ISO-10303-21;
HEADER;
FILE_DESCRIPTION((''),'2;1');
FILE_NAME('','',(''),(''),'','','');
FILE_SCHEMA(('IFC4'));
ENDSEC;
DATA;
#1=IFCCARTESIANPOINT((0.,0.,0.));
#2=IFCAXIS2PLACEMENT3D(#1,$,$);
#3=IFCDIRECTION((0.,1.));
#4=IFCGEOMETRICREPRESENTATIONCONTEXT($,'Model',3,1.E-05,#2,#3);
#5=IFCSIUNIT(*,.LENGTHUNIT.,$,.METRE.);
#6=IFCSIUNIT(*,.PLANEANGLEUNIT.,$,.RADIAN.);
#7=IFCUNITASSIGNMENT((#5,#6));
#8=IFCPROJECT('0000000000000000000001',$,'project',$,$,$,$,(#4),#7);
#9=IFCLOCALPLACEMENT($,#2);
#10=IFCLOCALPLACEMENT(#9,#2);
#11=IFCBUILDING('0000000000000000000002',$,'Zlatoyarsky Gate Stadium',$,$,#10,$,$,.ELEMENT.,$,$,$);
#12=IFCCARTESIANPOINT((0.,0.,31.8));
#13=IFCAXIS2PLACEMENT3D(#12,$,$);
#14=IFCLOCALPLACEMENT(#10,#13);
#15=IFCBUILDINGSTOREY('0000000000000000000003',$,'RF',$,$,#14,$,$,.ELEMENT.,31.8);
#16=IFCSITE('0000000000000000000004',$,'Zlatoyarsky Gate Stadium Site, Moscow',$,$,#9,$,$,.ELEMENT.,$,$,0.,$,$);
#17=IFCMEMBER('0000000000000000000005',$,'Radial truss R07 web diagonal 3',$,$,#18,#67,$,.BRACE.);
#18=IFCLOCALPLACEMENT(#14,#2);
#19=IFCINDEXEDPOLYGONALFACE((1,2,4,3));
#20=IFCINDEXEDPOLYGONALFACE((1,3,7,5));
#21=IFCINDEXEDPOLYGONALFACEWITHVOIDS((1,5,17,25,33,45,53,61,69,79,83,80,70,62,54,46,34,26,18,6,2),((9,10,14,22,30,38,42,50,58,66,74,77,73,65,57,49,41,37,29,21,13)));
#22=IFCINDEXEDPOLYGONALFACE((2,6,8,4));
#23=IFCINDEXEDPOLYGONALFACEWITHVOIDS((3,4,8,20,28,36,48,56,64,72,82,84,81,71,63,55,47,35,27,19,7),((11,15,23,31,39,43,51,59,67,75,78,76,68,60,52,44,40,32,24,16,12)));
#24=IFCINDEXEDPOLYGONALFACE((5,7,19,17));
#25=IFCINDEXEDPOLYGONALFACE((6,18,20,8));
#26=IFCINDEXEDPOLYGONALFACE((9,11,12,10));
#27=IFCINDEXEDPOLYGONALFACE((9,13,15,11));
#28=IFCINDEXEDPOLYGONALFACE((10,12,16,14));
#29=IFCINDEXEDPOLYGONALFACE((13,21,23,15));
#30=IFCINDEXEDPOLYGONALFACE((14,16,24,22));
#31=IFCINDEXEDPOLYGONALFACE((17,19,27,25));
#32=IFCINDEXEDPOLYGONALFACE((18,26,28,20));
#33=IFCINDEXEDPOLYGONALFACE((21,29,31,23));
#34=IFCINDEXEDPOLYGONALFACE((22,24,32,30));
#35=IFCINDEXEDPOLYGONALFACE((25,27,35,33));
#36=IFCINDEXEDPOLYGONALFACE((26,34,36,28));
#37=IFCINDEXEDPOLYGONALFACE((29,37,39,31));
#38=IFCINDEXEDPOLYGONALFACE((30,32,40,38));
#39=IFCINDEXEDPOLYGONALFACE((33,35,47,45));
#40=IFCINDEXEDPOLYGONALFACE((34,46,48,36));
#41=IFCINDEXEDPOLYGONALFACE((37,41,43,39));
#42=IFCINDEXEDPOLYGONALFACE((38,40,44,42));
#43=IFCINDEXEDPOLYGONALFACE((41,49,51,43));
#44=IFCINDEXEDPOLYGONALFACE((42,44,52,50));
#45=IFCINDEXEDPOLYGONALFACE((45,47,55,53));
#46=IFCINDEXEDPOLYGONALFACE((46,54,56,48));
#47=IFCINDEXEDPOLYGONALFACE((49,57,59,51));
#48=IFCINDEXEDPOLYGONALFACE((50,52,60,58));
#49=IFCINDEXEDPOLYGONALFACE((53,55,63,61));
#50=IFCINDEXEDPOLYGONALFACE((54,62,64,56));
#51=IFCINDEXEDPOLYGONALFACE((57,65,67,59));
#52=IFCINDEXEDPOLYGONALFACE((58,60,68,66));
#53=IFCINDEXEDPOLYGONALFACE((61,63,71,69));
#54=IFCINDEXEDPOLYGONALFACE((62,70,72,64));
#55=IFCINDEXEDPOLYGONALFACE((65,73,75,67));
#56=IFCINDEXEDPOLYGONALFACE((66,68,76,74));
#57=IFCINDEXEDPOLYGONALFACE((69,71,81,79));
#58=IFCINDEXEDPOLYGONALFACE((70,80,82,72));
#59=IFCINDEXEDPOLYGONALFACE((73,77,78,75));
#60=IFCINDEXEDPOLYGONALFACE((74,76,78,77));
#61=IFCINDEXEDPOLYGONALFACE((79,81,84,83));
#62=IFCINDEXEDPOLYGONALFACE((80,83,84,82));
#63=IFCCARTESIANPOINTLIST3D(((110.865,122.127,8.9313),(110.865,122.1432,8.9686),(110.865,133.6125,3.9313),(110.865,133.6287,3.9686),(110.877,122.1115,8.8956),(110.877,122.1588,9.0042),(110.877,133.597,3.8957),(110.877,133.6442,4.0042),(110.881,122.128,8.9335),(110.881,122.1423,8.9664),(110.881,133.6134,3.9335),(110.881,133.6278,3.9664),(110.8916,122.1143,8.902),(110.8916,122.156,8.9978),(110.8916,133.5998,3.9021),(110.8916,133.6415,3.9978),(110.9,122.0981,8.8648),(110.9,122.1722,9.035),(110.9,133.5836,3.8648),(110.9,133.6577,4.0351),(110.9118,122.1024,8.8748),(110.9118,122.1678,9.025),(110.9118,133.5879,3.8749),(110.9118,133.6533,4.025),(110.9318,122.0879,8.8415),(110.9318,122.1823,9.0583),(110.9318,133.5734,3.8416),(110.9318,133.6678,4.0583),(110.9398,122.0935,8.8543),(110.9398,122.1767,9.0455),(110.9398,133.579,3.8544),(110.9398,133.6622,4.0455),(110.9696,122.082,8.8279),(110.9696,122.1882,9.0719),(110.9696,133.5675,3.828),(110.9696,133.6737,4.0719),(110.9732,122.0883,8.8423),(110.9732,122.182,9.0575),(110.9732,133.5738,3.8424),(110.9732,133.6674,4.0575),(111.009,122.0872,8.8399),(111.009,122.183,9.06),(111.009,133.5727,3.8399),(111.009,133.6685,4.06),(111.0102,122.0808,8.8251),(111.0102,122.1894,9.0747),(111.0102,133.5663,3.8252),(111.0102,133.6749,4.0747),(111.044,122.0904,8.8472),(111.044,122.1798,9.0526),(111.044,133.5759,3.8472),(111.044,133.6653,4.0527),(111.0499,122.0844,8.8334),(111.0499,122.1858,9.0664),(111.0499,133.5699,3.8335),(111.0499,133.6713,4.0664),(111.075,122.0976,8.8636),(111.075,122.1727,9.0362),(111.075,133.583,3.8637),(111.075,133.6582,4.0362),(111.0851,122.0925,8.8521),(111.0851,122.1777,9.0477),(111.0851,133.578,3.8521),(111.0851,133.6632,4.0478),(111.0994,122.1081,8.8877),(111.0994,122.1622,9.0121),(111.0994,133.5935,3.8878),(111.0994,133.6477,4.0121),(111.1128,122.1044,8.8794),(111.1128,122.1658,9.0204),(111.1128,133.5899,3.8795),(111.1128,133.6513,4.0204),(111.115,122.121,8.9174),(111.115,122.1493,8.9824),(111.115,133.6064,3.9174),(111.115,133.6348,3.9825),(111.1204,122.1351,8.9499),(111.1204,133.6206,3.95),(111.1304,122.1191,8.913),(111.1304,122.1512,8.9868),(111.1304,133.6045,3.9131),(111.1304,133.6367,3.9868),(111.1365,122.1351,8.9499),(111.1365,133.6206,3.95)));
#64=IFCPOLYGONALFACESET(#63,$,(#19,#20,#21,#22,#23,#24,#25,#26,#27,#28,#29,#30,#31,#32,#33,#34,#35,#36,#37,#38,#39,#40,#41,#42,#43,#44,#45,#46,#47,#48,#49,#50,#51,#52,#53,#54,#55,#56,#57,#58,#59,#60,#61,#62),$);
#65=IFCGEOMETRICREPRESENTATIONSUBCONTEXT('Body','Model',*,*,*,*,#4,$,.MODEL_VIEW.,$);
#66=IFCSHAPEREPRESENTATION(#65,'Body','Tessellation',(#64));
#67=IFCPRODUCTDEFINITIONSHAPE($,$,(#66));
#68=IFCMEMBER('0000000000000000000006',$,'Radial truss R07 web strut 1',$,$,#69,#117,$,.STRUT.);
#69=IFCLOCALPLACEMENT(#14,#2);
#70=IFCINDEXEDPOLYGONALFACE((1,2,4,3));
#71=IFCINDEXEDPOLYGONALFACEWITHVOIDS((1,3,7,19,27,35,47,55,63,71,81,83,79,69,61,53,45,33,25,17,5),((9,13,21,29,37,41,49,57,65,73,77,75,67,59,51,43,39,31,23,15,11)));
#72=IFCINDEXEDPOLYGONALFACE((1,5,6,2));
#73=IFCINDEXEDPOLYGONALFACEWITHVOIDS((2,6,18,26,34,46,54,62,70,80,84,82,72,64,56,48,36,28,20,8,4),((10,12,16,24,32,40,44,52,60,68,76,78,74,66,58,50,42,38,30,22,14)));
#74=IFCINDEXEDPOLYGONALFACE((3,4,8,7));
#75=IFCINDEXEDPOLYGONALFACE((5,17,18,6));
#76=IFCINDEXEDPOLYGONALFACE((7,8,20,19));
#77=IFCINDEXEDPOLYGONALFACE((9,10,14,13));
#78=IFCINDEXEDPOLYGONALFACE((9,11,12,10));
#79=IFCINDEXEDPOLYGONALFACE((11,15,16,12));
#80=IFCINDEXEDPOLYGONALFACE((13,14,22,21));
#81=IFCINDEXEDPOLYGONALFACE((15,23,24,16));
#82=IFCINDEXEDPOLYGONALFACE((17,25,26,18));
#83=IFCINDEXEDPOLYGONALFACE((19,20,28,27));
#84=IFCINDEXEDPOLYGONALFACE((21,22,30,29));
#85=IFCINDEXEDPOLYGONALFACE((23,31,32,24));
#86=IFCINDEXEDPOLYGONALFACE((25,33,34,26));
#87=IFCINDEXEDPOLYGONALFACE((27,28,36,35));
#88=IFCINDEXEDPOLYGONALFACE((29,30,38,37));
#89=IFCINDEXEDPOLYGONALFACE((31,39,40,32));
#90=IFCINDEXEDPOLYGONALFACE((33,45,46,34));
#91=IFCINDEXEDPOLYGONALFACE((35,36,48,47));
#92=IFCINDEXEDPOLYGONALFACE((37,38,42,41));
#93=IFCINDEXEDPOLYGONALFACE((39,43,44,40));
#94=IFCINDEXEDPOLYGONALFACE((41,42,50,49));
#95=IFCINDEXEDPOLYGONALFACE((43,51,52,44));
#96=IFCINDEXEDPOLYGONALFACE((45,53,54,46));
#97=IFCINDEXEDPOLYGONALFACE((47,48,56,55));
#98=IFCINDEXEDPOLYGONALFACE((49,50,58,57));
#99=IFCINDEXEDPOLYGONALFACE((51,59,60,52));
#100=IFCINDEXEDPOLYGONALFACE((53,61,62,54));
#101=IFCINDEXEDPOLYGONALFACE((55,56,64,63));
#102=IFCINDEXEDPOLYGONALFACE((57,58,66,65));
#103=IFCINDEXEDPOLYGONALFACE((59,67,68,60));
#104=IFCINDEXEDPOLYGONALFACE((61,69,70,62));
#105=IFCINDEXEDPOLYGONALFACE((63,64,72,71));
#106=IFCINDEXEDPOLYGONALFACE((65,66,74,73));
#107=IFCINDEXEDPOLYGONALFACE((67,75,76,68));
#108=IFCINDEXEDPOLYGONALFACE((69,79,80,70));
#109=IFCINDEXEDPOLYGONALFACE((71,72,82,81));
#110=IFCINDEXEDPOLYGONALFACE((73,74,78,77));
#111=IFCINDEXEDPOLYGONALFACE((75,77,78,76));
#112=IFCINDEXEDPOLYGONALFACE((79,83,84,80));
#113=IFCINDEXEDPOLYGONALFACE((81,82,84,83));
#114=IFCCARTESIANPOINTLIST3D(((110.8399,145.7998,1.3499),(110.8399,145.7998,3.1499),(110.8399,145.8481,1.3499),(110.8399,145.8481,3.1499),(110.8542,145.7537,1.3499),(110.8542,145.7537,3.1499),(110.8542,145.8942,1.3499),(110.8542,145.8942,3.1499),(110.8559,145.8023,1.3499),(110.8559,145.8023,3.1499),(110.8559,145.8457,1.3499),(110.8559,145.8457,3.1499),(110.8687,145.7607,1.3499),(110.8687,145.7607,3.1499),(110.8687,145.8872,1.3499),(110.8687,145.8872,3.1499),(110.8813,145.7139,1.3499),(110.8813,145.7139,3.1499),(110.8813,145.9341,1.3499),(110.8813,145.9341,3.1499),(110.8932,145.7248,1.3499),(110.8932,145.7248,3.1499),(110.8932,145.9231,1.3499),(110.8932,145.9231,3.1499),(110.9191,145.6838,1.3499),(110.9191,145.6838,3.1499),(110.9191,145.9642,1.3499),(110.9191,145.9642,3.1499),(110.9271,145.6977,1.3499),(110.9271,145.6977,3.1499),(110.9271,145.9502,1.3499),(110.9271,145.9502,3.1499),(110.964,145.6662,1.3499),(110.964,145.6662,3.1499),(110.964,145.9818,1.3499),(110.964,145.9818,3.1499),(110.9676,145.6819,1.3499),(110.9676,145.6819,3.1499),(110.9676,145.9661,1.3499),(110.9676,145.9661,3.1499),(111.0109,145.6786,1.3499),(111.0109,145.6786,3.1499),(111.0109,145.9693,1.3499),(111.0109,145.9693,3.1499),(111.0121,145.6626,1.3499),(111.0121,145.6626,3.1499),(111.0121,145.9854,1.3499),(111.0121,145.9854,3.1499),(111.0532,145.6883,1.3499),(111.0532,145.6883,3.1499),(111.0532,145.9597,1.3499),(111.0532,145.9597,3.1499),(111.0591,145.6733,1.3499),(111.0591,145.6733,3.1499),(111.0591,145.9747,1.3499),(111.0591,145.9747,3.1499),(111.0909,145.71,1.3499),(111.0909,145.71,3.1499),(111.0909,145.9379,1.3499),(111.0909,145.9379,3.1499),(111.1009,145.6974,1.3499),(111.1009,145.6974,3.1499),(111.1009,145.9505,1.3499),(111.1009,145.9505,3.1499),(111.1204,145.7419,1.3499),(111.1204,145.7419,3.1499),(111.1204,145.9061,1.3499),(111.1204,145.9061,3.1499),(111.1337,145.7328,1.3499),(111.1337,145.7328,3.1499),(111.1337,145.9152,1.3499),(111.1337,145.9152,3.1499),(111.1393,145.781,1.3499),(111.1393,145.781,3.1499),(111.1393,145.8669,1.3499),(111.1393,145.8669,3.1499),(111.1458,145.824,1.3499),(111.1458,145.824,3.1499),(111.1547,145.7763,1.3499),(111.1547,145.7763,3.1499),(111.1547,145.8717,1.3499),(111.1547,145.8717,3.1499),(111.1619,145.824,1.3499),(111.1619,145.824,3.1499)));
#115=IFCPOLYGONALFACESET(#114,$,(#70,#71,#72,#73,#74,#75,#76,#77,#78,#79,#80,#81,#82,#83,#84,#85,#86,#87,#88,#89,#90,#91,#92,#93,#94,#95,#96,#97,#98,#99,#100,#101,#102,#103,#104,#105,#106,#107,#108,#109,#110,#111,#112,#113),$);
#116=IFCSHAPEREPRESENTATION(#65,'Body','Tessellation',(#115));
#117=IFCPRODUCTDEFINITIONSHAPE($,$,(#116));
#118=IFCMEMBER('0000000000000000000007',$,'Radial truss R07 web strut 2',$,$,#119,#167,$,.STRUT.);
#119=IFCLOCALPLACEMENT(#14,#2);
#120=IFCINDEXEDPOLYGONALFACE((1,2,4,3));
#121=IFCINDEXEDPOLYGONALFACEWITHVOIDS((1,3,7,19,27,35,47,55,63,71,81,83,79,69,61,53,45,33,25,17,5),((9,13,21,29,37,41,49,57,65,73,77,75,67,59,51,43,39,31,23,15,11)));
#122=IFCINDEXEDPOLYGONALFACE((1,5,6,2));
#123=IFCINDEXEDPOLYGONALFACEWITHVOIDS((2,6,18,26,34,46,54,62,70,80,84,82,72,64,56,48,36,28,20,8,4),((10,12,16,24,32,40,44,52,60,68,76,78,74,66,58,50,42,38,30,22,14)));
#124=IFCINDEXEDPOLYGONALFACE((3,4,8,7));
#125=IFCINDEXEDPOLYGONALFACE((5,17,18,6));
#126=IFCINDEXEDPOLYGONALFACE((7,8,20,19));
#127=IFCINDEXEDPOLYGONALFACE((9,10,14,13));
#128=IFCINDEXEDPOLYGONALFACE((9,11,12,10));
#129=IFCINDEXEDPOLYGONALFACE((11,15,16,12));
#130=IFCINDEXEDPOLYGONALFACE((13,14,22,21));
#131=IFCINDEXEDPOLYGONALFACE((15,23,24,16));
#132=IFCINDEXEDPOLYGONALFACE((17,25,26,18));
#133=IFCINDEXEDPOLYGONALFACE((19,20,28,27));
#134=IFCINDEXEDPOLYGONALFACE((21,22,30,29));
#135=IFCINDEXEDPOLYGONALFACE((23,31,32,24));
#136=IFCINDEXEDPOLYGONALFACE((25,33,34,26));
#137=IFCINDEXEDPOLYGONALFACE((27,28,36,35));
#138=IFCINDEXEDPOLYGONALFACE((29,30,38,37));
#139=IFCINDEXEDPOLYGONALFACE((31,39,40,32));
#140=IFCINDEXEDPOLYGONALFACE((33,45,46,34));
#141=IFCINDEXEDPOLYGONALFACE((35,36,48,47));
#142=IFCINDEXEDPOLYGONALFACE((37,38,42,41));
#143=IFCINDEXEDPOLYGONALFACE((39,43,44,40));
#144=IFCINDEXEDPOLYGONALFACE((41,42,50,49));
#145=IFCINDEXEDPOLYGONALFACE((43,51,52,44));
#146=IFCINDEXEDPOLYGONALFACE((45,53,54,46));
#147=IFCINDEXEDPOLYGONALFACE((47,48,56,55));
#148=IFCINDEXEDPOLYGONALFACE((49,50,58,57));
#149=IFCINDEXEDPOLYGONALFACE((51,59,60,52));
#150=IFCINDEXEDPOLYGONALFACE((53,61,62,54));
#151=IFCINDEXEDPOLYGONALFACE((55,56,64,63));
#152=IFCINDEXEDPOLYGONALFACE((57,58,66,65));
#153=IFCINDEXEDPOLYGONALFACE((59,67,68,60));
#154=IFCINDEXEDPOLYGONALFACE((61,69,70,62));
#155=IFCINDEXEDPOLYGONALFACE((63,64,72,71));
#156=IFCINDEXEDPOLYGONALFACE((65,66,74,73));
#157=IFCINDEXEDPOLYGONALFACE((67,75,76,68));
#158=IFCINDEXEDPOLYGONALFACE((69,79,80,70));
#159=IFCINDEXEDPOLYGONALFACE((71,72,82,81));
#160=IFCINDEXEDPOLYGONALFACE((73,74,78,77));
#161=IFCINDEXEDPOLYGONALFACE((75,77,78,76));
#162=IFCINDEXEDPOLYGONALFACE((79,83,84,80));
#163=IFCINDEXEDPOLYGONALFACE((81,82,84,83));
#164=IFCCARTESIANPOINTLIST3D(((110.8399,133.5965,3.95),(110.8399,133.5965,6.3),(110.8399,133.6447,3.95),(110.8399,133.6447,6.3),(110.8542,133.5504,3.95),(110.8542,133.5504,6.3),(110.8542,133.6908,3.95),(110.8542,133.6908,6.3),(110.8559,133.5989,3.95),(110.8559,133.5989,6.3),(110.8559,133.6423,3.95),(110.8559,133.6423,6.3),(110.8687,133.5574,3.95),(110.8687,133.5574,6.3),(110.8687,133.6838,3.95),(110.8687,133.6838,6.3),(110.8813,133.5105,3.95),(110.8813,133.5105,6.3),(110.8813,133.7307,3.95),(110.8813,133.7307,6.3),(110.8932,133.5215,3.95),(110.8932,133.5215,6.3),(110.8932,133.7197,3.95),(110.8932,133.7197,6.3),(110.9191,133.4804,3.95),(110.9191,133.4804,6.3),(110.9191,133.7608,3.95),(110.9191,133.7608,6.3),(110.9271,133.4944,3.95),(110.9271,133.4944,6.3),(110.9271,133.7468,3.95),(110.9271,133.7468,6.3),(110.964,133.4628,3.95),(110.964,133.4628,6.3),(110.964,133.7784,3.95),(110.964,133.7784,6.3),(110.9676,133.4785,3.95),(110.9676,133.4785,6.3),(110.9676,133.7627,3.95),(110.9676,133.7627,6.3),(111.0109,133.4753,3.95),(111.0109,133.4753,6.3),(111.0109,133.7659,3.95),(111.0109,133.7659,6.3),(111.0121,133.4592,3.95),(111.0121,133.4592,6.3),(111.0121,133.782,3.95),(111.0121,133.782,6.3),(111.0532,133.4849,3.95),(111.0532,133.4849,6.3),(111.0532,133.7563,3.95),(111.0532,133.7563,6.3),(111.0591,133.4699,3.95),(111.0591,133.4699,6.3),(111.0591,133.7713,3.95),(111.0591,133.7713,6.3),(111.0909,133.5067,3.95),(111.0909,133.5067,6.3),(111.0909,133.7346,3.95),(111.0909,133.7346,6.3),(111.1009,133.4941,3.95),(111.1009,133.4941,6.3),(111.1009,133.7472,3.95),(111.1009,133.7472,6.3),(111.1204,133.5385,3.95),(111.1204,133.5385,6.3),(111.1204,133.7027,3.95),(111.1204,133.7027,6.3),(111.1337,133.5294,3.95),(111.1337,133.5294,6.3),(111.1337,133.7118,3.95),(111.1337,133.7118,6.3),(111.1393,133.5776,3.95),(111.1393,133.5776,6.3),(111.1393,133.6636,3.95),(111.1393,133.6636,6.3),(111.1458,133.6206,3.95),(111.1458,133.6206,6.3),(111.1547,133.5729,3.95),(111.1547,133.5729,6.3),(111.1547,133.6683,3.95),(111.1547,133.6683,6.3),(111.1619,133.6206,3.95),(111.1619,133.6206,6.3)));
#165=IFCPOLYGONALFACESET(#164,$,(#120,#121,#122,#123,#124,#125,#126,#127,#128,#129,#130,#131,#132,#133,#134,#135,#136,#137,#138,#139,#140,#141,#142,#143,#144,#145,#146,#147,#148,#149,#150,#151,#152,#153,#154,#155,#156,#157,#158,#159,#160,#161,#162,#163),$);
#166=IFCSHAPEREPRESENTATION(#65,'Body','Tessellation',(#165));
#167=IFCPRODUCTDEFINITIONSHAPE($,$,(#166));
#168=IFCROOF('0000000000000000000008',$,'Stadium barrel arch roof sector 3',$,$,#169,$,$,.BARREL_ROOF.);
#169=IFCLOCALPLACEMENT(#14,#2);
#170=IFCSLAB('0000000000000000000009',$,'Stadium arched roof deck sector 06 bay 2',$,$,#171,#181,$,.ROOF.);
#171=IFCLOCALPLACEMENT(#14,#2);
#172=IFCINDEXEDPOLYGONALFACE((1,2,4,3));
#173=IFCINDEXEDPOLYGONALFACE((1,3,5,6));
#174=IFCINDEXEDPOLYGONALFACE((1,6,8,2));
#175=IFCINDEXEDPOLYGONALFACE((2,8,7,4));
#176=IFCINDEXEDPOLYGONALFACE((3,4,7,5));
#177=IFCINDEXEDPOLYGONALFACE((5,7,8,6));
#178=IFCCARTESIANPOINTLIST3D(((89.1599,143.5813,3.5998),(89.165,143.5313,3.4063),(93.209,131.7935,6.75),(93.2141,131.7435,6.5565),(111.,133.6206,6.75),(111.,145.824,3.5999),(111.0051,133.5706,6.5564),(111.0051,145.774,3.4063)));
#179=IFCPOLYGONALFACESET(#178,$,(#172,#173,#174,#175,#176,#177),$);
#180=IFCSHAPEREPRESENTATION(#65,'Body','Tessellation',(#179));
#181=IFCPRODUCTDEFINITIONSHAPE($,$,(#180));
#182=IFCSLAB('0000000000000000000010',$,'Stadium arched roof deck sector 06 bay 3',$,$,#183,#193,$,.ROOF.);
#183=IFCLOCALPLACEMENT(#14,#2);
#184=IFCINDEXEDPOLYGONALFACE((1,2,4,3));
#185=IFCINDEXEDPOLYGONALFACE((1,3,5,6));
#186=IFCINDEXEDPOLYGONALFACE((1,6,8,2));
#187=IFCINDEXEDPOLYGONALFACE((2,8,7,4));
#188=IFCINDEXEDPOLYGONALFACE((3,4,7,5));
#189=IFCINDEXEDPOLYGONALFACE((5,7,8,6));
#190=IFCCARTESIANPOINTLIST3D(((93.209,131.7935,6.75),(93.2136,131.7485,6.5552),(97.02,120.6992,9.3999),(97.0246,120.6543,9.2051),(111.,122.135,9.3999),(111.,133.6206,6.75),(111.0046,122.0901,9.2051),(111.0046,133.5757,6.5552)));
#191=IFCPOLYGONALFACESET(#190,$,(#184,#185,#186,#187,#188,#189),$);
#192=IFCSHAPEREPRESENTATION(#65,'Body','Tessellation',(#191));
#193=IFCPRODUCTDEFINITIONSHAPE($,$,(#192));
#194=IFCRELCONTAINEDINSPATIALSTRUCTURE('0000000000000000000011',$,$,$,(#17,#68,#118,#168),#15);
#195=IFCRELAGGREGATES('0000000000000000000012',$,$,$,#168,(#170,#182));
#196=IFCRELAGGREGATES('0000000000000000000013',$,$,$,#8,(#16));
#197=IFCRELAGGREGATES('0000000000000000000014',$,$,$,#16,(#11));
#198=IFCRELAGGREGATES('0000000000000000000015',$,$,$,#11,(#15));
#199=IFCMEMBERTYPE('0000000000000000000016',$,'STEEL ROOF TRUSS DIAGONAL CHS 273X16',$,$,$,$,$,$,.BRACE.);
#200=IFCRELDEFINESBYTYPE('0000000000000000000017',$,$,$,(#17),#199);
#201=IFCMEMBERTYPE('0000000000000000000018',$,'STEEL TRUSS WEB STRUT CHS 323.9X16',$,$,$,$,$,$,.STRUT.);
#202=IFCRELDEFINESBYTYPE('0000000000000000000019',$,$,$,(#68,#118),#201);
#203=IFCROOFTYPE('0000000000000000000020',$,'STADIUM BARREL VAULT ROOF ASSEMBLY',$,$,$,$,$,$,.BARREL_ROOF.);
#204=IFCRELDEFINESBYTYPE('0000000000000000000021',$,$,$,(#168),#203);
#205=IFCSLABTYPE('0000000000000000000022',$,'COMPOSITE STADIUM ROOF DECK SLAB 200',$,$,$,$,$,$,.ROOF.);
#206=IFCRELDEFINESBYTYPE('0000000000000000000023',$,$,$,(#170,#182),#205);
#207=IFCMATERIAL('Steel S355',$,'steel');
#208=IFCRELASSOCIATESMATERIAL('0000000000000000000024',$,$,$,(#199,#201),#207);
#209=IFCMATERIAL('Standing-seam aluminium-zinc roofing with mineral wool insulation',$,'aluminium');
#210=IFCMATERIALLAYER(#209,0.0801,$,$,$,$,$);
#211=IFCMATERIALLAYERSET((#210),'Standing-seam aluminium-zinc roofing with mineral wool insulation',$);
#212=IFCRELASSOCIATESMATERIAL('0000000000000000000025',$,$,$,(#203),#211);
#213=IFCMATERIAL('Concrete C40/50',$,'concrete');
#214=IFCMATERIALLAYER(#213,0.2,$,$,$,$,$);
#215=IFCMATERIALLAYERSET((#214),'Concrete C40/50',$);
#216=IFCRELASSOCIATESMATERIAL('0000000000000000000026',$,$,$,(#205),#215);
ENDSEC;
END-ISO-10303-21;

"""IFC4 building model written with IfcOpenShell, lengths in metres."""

from ifc_helpers import new_model, si_unit, direction, frame, origin, origin_2d, place, context, subcontext, project, spatial, polyline, hollow_circle, outline, extrude, material, layer, layer_set, material_profile, profile_set, type_object, element, aggregate, save


model = new_model("IFC4")

# Units and contexts
model_context = context("Model", 3, precision=1e-05, world=origin(), true_north=direction((0.0, 1.0)))
body_context = subcontext(model_context, "Body", "Model", "MODEL_VIEW")
ifc_project = project(units=[si_unit("LENGTHUNIT", "METRE"), si_unit("PLANEANGLEUNIT", "RADIAN")], contexts=[model_context])

# Site, building, storey
site_placement = place(None, origin())
site = spatial("IfcSite", under=ifc_project, at=site_placement, Name="Zlatoyarsky Gate Stadium Site, Moscow", CompositionType="ELEMENT", RefElevation=0.0)
building_placement = place(site_placement, origin())
building = spatial("IfcBuilding", under=site, at=building_placement, Name="Zlatoyarsky Gate Stadium", CompositionType="ELEMENT")
storey_placement = place(building_placement, frame((0.0, 0.0, 31.8)))
storey = spatial("IfcBuildingStorey", under=building, at=storey_placement, Name="RF", CompositionType="ELEMENT", Elevation=31.8)

# Shared definitions
ifc_material_1 = material(Name="Steel S355", Category="steel")

# Members
ifc_material_profile_1 = material_profile(ifc_material_1, hollow_circle(Radius=0.1365, WallThickness=0.0161, at=origin_2d()), Name="CHS 273X16")
ifc_profile_set_1 = profile_set([ifc_material_profile_1], Name="Steel S355")
member_type_1 = type_object("IfcMemberType", Name="STEEL ROOF TRUSS DIAGONAL CHS 273X16", PredefinedType="BRACE", material=ifc_profile_set_1)
member_1_placement = place(storey_placement, frame((111.0, 133.6206, 3.95), z_axis=(0.0, -0.916887, 0.399147), x_axis=(1.0, 0.0, 0.0)))
element("IfcMember", 1, at=member_1_placement, inside=storey, type_object=member_type_1, Name="Radial truss R07 web diagonal 3", PredefinedType="BRACE", context=body_context, shape_type="SweptSolid", body=[
    extrude(hollow_circle(Radius=0.1365, WallThickness=0.0161, at=origin_2d()), origin(), (0.0, 0.0, 1.0), 12.5266),
])
ifc_material_profile_2 = material_profile(ifc_material_1, hollow_circle(Radius=0.1619, WallThickness=0.0161, at=origin_2d()), Name="CHS 323.9X16")
ifc_profile_set_2 = profile_set([ifc_material_profile_2], Name="Steel S355")
member_type_2 = type_object("IfcMemberType", Name="STEEL TRUSS WEB STRUT CHS 323.9X16", PredefinedType="STRUT", material=ifc_profile_set_2)
member_2_placement = place(storey_placement, frame((111.0, 145.824, 1.3499), z_axis=(0.0, 0.0, 1.0), x_axis=(1.0, 0.0, 0.0)))
element("IfcMember", 2, at=member_2_placement, inside=storey, type_object=member_type_2, Name="Radial truss R07 web strut 1", PredefinedType="STRUT", context=body_context, shape_type="SweptSolid", body=[
    extrude(hollow_circle(Radius=0.1619, WallThickness=0.0161, at=origin_2d()), origin(), (0.0, 0.0, 1.0), 1.8),
])
member_3_placement = place(storey_placement, frame((111.0, 133.6206, 3.95), z_axis=(0.0, 0.0, 1.0), x_axis=(1.0, 0.0, 0.0)))
element("IfcMember", 3, at=member_3_placement, inside=storey, type_object=member_type_2, Name="Radial truss R07 web strut 2", PredefinedType="STRUT", context=body_context, shape_type="SweptSolid", body=[
    extrude(hollow_circle(Radius=0.1619, WallThickness=0.0161, at=origin_2d()), origin(), (0.0, 0.0, 1.0), 2.3501),
])

# Roof, slabs
ifc_material_2 = material(Name="Standing-seam aluminium-zinc roofing with mineral wool insulation", Category="aluminium")
ifc_layer_1 = layer(ifc_material_2, 0.0801)
ifc_layer_set_1 = layer_set([ifc_layer_1], Name="Standing-seam aluminium-zinc roofing with mineral wool insulation")
roof_type = type_object("IfcRoofType", Name="STADIUM BARREL VAULT ROOF ASSEMBLY", PredefinedType="BARREL_ROOF", material=ifc_layer_set_1)
roof_placement = place(storey_placement, origin())
roof = element("IfcRoof", 4, at=roof_placement, inside=storey, type_object=roof_type, Name="Stadium barrel arch roof sector 3", PredefinedType="BARREL_ROOF")
ifc_material_3 = material(Name="Concrete C40/50", Category="concrete")
ifc_layer_2 = layer(ifc_material_3, 0.2)
ifc_layer_set_2 = layer_set([ifc_layer_2], Name="Concrete C40/50")
slab_type = type_object("IfcSlabType", Name="COMPOSITE STADIUM ROOF DECK SLAB 200", PredefinedType="ROOF", material=ifc_layer_set_2)
slab_1_placement = place(storey_placement, frame((111.0, 145.824, 3.5999), z_axis=(-0.025659, 0.249859, 0.967942), x_axis=(-0.994769, -0.102149, -0.000002)))
slab_1 = element("IfcSlab", 5, at=slab_1_placement, type_object=slab_type, Name="Stadium arched roof deck sector 06 bay 2", PredefinedType="ROOF", context=body_context, shape_type="SweptSolid", body=[
    extrude(outline(polyline([(0.0, 0.0), (21.9549, 0.0), (19.1312, 12.5418), (1.2466, 12.5416), (0.0, 0.0)])), origin(), (0.0, 0.0, -1.0), 0.2),
])
slab_2_placement = place(storey_placement, frame((111.0, 133.6206, 6.75), z_axis=(-0.023082, 0.224749, 0.974143), x_axis=(-0.994768, -0.102163, 0.0)))
slab_2 = element("IfcSlab", 6, at=slab_2_placement, type_object=slab_type, Name="Stadium arched roof deck sector 06 bay 3", PredefinedType="ROOF", context=body_context, shape_type="SweptSolid", body=[
    extrude(outline(polyline([(0.0, 0.0), (17.8846, 0.0), (15.2269, 11.7288), (1.1734, 11.7288), (0.0, 0.0)])), origin(), (0.0, 0.0, -1.0), 0.2),
])

aggregate(roof, [slab_1, slab_2])

save(model, "model.ifc")
